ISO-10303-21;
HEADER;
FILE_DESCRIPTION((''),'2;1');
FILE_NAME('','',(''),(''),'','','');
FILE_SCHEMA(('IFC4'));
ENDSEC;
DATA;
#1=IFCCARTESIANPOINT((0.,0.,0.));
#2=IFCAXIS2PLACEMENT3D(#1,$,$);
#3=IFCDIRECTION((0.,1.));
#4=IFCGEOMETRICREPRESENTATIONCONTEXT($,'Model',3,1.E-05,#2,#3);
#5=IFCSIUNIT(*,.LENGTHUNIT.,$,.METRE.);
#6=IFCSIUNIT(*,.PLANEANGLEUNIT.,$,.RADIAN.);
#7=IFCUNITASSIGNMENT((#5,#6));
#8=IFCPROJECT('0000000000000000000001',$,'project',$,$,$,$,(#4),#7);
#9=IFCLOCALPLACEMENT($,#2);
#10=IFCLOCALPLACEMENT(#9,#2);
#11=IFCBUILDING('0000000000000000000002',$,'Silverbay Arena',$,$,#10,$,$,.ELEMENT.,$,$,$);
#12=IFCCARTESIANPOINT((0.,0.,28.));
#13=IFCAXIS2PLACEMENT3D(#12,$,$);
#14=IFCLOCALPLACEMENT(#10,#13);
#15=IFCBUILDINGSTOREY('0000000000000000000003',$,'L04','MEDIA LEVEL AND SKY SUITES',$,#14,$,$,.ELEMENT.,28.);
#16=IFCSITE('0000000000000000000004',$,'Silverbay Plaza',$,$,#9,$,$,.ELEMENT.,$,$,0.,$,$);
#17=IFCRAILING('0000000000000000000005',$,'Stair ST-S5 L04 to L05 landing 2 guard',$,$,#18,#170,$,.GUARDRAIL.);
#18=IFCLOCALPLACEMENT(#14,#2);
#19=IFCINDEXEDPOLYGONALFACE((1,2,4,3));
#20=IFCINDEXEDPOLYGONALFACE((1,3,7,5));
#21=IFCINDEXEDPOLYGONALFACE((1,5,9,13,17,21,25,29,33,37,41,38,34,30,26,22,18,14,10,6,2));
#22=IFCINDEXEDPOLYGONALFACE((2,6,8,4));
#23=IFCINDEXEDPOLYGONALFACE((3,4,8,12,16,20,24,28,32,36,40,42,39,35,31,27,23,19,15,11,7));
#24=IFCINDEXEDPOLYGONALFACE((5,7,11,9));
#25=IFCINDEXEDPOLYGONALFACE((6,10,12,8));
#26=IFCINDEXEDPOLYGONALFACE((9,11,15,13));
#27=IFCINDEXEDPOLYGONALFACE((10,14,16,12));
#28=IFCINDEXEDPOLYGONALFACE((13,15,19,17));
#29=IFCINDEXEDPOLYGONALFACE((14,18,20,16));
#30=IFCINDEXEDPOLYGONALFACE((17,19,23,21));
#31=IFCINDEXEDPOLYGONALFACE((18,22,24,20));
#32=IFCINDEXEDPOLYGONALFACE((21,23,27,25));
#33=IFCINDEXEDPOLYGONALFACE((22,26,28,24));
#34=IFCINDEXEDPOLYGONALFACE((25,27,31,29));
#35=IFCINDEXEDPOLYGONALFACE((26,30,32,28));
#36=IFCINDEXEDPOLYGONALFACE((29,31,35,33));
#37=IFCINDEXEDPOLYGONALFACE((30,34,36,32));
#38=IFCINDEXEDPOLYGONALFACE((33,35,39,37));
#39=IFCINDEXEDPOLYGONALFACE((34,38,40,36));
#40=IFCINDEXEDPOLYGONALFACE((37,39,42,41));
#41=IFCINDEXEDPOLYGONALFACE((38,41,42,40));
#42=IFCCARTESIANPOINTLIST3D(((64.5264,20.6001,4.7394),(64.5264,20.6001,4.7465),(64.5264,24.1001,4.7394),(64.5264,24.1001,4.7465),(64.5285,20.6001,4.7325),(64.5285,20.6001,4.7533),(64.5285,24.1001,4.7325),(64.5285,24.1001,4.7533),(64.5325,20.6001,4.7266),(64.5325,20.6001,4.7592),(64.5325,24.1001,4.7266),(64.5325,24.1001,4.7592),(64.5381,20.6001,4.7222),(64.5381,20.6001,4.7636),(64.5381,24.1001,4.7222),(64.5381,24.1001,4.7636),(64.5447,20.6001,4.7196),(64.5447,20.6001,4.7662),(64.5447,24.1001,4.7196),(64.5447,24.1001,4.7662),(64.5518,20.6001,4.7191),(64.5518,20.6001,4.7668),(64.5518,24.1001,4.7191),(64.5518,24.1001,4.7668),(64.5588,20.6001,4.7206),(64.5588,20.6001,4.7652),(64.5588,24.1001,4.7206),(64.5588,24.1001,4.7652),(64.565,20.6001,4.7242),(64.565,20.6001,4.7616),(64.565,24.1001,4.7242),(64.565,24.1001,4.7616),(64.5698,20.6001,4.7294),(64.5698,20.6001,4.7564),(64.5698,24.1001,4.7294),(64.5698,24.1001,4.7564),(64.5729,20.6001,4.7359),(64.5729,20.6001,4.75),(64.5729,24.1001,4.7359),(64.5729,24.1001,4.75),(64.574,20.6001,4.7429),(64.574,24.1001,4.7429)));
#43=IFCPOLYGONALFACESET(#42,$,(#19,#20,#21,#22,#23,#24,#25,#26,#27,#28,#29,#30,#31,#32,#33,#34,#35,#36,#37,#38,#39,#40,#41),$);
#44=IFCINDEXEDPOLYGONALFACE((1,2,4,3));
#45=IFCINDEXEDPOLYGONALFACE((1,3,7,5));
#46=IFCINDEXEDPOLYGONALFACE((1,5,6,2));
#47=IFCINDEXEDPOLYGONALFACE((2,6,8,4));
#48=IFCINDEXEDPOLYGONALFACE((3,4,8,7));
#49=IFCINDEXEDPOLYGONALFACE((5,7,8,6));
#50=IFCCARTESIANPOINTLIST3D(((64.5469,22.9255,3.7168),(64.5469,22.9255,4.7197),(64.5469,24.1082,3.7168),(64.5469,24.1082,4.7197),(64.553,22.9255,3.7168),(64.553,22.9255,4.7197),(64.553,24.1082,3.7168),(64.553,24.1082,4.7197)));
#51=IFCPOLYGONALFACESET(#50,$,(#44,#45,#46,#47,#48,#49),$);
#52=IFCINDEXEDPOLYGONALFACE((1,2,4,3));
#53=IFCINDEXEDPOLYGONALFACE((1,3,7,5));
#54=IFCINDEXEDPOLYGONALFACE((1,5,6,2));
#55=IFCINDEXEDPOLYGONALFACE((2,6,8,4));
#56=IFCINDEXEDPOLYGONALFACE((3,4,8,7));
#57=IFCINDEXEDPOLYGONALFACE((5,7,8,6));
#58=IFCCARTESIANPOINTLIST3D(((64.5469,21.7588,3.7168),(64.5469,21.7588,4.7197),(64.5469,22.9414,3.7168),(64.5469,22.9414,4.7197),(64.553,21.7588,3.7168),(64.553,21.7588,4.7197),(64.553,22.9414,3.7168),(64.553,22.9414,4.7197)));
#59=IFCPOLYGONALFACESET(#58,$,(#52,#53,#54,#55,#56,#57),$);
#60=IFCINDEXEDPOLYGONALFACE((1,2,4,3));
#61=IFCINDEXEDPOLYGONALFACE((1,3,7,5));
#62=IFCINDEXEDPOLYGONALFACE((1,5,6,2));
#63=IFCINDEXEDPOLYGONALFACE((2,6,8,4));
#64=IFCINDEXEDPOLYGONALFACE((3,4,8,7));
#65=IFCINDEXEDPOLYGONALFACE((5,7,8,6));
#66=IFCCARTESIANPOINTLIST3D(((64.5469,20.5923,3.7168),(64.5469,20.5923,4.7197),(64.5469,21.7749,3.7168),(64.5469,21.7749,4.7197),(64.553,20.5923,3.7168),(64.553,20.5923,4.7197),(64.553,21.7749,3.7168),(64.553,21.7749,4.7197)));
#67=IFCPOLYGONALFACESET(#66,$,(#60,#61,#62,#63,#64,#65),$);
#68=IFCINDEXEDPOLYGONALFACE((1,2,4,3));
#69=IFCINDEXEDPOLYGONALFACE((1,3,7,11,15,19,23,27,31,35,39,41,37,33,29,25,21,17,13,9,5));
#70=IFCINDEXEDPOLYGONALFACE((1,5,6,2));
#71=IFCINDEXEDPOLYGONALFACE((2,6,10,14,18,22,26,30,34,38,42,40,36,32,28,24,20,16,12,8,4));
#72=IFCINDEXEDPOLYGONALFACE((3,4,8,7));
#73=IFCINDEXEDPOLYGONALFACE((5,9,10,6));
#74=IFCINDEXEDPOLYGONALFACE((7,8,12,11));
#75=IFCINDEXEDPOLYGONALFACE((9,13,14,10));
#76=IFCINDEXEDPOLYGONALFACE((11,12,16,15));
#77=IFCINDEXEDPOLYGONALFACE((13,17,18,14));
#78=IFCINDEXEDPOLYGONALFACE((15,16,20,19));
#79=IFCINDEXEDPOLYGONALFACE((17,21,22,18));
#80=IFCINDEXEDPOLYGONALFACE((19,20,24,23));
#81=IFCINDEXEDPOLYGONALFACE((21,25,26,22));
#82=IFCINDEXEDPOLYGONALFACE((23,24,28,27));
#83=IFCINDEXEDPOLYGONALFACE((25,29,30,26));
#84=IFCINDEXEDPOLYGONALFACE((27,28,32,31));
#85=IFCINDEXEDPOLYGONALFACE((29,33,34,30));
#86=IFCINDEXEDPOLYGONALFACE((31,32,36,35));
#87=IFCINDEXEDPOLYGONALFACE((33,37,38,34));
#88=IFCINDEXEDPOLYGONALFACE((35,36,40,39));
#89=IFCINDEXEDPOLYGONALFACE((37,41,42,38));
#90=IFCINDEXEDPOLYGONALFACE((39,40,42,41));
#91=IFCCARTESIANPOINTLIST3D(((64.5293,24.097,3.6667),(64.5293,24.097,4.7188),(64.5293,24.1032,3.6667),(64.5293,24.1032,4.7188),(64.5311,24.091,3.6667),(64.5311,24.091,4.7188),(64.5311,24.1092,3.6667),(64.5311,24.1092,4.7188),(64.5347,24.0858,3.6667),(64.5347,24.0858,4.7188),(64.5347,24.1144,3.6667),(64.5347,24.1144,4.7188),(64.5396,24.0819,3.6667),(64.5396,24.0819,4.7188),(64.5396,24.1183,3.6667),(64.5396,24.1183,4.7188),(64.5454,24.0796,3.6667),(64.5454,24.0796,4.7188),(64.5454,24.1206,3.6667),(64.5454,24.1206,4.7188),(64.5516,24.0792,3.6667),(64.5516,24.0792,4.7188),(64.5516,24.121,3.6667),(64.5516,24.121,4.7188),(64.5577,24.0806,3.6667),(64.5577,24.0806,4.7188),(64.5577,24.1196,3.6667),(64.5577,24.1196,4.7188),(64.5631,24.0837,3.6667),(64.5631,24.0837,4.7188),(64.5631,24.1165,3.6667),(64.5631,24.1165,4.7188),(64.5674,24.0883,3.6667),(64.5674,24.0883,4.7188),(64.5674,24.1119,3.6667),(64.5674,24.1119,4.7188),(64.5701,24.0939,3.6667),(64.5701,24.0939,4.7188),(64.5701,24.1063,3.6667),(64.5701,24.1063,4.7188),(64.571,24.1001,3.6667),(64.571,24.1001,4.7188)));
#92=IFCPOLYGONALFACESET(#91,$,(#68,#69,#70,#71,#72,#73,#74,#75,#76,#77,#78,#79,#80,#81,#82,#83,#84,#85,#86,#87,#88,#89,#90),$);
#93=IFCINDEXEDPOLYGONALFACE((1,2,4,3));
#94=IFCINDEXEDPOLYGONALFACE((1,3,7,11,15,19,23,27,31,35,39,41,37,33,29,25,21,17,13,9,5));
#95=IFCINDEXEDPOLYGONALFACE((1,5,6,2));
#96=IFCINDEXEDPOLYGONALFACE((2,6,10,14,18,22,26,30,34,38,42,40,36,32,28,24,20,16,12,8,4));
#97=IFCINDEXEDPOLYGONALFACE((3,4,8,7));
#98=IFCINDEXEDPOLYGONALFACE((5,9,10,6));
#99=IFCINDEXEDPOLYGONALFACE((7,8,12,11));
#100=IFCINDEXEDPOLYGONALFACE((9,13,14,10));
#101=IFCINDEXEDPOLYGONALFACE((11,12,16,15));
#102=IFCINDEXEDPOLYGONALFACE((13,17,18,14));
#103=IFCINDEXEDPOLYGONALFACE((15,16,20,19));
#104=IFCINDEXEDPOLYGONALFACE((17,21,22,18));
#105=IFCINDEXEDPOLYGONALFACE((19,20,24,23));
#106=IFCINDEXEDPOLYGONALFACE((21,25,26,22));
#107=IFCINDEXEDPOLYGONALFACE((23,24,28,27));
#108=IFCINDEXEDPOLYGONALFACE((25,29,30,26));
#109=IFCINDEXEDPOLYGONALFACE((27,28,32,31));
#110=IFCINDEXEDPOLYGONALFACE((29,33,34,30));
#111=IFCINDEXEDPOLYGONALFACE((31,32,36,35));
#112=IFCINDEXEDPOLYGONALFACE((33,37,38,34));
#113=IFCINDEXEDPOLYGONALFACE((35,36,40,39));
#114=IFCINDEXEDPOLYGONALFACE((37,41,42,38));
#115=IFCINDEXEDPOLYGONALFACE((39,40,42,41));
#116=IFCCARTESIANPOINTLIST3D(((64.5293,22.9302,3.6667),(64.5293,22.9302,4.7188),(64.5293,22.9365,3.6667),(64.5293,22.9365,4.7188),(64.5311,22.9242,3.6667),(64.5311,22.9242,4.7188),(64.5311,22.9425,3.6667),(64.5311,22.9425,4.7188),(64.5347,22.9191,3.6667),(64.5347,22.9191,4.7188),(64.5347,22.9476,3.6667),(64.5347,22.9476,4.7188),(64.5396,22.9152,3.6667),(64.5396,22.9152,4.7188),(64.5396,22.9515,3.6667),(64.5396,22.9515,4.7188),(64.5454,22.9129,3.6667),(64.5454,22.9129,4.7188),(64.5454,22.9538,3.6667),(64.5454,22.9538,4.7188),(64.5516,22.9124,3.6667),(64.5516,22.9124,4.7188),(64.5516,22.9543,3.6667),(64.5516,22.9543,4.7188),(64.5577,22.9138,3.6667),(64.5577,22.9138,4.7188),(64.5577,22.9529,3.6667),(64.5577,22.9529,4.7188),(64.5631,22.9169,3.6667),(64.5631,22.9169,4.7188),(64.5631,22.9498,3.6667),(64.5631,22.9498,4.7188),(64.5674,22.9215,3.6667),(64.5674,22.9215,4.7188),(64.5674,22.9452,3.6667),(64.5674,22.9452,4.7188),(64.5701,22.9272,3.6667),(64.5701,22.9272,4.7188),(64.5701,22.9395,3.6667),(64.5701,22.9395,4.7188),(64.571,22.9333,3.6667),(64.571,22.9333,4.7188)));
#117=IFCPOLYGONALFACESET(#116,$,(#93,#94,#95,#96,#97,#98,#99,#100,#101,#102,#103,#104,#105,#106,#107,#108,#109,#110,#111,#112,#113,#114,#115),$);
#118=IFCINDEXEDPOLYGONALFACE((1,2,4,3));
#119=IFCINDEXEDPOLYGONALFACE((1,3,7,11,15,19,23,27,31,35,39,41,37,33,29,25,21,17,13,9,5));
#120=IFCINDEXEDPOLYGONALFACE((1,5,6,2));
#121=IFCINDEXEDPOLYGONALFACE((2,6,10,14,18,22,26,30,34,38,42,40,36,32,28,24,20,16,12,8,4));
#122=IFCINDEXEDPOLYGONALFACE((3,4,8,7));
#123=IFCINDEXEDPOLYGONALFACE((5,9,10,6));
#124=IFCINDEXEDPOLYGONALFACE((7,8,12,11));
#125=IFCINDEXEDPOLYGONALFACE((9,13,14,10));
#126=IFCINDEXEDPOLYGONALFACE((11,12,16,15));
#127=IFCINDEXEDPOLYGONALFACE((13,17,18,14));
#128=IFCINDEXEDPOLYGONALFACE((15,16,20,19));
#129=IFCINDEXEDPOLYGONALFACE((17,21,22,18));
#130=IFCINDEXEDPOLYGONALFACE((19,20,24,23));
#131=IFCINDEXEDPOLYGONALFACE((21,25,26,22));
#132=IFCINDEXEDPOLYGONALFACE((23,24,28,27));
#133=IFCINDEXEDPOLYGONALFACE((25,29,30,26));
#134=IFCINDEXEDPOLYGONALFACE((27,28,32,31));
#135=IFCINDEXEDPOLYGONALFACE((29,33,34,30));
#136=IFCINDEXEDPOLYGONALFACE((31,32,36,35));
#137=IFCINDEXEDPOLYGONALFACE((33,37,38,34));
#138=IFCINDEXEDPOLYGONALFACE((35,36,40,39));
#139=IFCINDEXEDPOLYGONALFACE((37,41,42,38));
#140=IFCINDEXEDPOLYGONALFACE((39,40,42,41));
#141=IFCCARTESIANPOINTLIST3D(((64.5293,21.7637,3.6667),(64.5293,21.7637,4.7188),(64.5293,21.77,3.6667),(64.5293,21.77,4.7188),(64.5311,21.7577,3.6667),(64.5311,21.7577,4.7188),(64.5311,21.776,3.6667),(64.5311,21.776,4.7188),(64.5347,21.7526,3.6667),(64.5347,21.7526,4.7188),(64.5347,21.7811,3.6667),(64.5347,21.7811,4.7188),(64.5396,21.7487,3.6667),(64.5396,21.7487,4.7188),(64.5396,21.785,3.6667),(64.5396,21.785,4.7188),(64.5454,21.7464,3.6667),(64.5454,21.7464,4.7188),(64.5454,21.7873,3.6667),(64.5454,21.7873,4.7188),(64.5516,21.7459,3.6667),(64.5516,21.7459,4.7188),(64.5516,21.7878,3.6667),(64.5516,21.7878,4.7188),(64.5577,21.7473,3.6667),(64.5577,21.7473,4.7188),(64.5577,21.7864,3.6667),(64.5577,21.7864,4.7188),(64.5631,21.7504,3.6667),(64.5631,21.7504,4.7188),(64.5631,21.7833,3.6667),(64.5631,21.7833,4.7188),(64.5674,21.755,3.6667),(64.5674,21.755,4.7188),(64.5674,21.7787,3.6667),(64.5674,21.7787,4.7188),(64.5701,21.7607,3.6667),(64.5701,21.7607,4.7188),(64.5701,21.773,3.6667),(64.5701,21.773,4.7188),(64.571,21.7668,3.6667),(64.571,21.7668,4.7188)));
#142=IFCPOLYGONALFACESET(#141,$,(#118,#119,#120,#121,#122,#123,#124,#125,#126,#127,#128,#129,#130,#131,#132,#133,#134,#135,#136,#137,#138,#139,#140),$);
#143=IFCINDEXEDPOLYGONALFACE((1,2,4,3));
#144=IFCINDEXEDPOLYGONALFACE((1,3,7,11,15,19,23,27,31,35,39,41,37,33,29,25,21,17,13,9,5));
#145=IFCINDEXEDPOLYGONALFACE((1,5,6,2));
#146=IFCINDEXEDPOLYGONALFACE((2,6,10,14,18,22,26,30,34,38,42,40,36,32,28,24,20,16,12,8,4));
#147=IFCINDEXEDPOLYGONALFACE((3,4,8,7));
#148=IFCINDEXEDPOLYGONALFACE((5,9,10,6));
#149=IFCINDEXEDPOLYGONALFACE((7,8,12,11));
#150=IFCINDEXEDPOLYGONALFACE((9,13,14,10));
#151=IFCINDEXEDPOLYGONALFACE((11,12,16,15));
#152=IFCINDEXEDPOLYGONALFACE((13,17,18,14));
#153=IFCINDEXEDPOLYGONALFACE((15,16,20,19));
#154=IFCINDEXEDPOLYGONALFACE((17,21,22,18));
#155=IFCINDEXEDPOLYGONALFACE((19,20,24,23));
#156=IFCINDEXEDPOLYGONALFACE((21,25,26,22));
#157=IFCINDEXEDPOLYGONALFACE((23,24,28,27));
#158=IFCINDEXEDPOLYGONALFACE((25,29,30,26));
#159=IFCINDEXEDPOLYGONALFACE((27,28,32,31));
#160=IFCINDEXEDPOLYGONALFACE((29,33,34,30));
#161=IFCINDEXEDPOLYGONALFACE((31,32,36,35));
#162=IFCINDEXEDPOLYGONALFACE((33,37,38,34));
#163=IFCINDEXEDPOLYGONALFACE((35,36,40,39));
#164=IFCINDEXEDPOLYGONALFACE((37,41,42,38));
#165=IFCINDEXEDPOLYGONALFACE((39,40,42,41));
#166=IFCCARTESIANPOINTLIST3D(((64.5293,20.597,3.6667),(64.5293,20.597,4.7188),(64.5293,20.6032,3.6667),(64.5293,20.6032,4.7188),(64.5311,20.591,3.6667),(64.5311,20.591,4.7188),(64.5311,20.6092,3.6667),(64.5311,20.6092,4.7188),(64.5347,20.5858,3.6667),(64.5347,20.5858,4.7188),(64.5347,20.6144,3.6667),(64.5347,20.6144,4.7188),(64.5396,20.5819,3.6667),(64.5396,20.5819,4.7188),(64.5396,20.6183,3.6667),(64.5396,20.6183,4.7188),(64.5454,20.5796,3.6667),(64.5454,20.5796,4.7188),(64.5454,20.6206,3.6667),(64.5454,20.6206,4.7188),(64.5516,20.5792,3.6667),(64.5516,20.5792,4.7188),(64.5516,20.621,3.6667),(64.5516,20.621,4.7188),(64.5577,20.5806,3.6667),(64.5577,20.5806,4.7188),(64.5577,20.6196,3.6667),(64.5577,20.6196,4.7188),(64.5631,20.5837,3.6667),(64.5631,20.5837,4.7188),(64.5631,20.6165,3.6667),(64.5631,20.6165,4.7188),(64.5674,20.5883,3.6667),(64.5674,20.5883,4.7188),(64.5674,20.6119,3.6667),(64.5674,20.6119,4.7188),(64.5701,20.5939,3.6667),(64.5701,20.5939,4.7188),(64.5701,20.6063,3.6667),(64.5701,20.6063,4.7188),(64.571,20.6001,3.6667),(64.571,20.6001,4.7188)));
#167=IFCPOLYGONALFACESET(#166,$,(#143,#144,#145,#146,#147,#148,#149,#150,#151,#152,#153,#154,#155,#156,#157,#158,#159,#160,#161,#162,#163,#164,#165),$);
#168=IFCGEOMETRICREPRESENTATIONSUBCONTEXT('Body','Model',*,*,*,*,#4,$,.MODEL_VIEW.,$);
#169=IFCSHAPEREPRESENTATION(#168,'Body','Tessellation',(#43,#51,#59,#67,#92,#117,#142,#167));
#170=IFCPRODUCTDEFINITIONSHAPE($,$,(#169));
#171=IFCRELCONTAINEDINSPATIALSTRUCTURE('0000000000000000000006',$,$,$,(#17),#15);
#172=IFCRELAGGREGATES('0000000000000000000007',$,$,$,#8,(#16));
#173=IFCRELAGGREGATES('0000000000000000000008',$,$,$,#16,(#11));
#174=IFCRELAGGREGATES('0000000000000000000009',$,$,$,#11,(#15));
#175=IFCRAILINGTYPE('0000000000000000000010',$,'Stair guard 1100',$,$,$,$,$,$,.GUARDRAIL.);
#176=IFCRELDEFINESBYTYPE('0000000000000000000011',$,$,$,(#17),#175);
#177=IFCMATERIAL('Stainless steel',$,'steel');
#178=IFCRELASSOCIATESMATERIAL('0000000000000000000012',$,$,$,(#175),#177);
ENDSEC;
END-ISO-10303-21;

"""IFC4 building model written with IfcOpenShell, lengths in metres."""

from ifc_helpers import new_model, si_unit, direction, frame, origin, origin_2d, place, context, subcontext, project, spatial, polyline, circle, outline, extrude, material, type_object, element, save


model = new_model("IFC4")

# Units and contexts
model_context = context("Model", 3, precision=1e-05, world=origin(), true_north=direction((0.0, 1.0)))
body_context = subcontext(model_context, "Body", "Model", "MODEL_VIEW")
ifc_project = project(units=[si_unit("LENGTHUNIT", "METRE"), si_unit("PLANEANGLEUNIT", "RADIAN")], contexts=[model_context])

# Site, building, storey
site_placement = place(None, origin())
site = spatial("IfcSite", under=ifc_project, at=site_placement, Name="Silverbay Plaza", CompositionType="ELEMENT", RefElevation=0.0)
building_placement = place(site_placement, origin())
building = spatial("IfcBuilding", under=site, at=building_placement, Name="Silverbay Arena", CompositionType="ELEMENT")
storey_placement = place(building_placement, frame((0.0, 0.0, 28.0)))
storey = spatial("IfcBuildingStorey", under=building, at=storey_placement, Name="L04", Description="MEDIA LEVEL AND SKY SUITES", CompositionType="ELEMENT", Elevation=28.0)

# Railing
ifc_material_1 = material(Name="Stainless steel", Category="steel")
railing_type_1 = type_object("IfcRailingType", Name="Stair guard 1100", PredefinedType="GUARDRAIL", material=ifc_material_1)
for number, where, name in (
    (1, (64.55, 24.1001, 3.6667), "Stair ST-S5 L04 to L05 landing 2 guard"),
):
    element("IfcRailing", number, at=place(storey_placement, frame(where)), inside=storey, type_object=railing_type_1, Name=name, PredefinedType="GUARDRAIL", context=body_context, shape_type="SweptSolid", body=[
        extrude(circle(Radius=0.0239, at=origin_2d()), frame((0.0, 0.0, 1.0762), z_axis=(0.0, -1.0, 0.0), x_axis=(1.0, 0.0, 0.0)), (0.0, 0.0, 1.0), 3.5),
        extrude(outline(polyline([(-0.0081, 0.05), (1.1746, 0.05), (1.1746, 1.053), (-0.0081, 1.053), (-0.0081, 0.05)])), frame((0.0029, 0.0, 0.0), z_axis=(-1.0, 0.0, 0.0), x_axis=(0.0, -1.0, 0.0)), (0.0, 0.0, 1.0), 0.0061),
        extrude(outline(polyline([(-0.0081, 0.05), (1.1746, 0.05), (1.1746, 1.053), (-0.0081, 1.053), (-0.0081, 0.05)])), frame((0.0029, -1.1667, 0.0), z_axis=(-1.0, 0.0, 0.0), x_axis=(0.0, -1.0, 0.0)), (0.0, 0.0, 1.0), 0.0061),
        extrude(outline(polyline([(-0.0081, 0.05), (1.1746, 0.05), (1.1746, 1.053), (-0.0081, 1.053), (-0.0081, 0.05)])), frame((0.0029, -2.3333, 0.0), z_axis=(-1.0, 0.0, 0.0), x_axis=(0.0, -1.0, 0.0)), (0.0, 0.0, 1.0), 0.0061),
        extrude(circle(Radius=0.021, at=origin_2d()), origin(), (0.0, 0.0, 1.0), 1.052),
        extrude(circle(Radius=0.021, at=origin_2d()), frame((0.0, -1.1667, 0.0)), (0.0, 0.0, 1.0), 1.052),
        extrude(circle(Radius=0.021, at=origin_2d()), frame((0.0, -2.3333, 0.0)), (0.0, 0.0, 1.0), 1.052),
        extrude(circle(Radius=0.021, at=origin_2d()), frame((0.0, -3.5, 0.0)), (0.0, 0.0, 1.0), 1.052),
    ])

save(model, "model.ifc")
